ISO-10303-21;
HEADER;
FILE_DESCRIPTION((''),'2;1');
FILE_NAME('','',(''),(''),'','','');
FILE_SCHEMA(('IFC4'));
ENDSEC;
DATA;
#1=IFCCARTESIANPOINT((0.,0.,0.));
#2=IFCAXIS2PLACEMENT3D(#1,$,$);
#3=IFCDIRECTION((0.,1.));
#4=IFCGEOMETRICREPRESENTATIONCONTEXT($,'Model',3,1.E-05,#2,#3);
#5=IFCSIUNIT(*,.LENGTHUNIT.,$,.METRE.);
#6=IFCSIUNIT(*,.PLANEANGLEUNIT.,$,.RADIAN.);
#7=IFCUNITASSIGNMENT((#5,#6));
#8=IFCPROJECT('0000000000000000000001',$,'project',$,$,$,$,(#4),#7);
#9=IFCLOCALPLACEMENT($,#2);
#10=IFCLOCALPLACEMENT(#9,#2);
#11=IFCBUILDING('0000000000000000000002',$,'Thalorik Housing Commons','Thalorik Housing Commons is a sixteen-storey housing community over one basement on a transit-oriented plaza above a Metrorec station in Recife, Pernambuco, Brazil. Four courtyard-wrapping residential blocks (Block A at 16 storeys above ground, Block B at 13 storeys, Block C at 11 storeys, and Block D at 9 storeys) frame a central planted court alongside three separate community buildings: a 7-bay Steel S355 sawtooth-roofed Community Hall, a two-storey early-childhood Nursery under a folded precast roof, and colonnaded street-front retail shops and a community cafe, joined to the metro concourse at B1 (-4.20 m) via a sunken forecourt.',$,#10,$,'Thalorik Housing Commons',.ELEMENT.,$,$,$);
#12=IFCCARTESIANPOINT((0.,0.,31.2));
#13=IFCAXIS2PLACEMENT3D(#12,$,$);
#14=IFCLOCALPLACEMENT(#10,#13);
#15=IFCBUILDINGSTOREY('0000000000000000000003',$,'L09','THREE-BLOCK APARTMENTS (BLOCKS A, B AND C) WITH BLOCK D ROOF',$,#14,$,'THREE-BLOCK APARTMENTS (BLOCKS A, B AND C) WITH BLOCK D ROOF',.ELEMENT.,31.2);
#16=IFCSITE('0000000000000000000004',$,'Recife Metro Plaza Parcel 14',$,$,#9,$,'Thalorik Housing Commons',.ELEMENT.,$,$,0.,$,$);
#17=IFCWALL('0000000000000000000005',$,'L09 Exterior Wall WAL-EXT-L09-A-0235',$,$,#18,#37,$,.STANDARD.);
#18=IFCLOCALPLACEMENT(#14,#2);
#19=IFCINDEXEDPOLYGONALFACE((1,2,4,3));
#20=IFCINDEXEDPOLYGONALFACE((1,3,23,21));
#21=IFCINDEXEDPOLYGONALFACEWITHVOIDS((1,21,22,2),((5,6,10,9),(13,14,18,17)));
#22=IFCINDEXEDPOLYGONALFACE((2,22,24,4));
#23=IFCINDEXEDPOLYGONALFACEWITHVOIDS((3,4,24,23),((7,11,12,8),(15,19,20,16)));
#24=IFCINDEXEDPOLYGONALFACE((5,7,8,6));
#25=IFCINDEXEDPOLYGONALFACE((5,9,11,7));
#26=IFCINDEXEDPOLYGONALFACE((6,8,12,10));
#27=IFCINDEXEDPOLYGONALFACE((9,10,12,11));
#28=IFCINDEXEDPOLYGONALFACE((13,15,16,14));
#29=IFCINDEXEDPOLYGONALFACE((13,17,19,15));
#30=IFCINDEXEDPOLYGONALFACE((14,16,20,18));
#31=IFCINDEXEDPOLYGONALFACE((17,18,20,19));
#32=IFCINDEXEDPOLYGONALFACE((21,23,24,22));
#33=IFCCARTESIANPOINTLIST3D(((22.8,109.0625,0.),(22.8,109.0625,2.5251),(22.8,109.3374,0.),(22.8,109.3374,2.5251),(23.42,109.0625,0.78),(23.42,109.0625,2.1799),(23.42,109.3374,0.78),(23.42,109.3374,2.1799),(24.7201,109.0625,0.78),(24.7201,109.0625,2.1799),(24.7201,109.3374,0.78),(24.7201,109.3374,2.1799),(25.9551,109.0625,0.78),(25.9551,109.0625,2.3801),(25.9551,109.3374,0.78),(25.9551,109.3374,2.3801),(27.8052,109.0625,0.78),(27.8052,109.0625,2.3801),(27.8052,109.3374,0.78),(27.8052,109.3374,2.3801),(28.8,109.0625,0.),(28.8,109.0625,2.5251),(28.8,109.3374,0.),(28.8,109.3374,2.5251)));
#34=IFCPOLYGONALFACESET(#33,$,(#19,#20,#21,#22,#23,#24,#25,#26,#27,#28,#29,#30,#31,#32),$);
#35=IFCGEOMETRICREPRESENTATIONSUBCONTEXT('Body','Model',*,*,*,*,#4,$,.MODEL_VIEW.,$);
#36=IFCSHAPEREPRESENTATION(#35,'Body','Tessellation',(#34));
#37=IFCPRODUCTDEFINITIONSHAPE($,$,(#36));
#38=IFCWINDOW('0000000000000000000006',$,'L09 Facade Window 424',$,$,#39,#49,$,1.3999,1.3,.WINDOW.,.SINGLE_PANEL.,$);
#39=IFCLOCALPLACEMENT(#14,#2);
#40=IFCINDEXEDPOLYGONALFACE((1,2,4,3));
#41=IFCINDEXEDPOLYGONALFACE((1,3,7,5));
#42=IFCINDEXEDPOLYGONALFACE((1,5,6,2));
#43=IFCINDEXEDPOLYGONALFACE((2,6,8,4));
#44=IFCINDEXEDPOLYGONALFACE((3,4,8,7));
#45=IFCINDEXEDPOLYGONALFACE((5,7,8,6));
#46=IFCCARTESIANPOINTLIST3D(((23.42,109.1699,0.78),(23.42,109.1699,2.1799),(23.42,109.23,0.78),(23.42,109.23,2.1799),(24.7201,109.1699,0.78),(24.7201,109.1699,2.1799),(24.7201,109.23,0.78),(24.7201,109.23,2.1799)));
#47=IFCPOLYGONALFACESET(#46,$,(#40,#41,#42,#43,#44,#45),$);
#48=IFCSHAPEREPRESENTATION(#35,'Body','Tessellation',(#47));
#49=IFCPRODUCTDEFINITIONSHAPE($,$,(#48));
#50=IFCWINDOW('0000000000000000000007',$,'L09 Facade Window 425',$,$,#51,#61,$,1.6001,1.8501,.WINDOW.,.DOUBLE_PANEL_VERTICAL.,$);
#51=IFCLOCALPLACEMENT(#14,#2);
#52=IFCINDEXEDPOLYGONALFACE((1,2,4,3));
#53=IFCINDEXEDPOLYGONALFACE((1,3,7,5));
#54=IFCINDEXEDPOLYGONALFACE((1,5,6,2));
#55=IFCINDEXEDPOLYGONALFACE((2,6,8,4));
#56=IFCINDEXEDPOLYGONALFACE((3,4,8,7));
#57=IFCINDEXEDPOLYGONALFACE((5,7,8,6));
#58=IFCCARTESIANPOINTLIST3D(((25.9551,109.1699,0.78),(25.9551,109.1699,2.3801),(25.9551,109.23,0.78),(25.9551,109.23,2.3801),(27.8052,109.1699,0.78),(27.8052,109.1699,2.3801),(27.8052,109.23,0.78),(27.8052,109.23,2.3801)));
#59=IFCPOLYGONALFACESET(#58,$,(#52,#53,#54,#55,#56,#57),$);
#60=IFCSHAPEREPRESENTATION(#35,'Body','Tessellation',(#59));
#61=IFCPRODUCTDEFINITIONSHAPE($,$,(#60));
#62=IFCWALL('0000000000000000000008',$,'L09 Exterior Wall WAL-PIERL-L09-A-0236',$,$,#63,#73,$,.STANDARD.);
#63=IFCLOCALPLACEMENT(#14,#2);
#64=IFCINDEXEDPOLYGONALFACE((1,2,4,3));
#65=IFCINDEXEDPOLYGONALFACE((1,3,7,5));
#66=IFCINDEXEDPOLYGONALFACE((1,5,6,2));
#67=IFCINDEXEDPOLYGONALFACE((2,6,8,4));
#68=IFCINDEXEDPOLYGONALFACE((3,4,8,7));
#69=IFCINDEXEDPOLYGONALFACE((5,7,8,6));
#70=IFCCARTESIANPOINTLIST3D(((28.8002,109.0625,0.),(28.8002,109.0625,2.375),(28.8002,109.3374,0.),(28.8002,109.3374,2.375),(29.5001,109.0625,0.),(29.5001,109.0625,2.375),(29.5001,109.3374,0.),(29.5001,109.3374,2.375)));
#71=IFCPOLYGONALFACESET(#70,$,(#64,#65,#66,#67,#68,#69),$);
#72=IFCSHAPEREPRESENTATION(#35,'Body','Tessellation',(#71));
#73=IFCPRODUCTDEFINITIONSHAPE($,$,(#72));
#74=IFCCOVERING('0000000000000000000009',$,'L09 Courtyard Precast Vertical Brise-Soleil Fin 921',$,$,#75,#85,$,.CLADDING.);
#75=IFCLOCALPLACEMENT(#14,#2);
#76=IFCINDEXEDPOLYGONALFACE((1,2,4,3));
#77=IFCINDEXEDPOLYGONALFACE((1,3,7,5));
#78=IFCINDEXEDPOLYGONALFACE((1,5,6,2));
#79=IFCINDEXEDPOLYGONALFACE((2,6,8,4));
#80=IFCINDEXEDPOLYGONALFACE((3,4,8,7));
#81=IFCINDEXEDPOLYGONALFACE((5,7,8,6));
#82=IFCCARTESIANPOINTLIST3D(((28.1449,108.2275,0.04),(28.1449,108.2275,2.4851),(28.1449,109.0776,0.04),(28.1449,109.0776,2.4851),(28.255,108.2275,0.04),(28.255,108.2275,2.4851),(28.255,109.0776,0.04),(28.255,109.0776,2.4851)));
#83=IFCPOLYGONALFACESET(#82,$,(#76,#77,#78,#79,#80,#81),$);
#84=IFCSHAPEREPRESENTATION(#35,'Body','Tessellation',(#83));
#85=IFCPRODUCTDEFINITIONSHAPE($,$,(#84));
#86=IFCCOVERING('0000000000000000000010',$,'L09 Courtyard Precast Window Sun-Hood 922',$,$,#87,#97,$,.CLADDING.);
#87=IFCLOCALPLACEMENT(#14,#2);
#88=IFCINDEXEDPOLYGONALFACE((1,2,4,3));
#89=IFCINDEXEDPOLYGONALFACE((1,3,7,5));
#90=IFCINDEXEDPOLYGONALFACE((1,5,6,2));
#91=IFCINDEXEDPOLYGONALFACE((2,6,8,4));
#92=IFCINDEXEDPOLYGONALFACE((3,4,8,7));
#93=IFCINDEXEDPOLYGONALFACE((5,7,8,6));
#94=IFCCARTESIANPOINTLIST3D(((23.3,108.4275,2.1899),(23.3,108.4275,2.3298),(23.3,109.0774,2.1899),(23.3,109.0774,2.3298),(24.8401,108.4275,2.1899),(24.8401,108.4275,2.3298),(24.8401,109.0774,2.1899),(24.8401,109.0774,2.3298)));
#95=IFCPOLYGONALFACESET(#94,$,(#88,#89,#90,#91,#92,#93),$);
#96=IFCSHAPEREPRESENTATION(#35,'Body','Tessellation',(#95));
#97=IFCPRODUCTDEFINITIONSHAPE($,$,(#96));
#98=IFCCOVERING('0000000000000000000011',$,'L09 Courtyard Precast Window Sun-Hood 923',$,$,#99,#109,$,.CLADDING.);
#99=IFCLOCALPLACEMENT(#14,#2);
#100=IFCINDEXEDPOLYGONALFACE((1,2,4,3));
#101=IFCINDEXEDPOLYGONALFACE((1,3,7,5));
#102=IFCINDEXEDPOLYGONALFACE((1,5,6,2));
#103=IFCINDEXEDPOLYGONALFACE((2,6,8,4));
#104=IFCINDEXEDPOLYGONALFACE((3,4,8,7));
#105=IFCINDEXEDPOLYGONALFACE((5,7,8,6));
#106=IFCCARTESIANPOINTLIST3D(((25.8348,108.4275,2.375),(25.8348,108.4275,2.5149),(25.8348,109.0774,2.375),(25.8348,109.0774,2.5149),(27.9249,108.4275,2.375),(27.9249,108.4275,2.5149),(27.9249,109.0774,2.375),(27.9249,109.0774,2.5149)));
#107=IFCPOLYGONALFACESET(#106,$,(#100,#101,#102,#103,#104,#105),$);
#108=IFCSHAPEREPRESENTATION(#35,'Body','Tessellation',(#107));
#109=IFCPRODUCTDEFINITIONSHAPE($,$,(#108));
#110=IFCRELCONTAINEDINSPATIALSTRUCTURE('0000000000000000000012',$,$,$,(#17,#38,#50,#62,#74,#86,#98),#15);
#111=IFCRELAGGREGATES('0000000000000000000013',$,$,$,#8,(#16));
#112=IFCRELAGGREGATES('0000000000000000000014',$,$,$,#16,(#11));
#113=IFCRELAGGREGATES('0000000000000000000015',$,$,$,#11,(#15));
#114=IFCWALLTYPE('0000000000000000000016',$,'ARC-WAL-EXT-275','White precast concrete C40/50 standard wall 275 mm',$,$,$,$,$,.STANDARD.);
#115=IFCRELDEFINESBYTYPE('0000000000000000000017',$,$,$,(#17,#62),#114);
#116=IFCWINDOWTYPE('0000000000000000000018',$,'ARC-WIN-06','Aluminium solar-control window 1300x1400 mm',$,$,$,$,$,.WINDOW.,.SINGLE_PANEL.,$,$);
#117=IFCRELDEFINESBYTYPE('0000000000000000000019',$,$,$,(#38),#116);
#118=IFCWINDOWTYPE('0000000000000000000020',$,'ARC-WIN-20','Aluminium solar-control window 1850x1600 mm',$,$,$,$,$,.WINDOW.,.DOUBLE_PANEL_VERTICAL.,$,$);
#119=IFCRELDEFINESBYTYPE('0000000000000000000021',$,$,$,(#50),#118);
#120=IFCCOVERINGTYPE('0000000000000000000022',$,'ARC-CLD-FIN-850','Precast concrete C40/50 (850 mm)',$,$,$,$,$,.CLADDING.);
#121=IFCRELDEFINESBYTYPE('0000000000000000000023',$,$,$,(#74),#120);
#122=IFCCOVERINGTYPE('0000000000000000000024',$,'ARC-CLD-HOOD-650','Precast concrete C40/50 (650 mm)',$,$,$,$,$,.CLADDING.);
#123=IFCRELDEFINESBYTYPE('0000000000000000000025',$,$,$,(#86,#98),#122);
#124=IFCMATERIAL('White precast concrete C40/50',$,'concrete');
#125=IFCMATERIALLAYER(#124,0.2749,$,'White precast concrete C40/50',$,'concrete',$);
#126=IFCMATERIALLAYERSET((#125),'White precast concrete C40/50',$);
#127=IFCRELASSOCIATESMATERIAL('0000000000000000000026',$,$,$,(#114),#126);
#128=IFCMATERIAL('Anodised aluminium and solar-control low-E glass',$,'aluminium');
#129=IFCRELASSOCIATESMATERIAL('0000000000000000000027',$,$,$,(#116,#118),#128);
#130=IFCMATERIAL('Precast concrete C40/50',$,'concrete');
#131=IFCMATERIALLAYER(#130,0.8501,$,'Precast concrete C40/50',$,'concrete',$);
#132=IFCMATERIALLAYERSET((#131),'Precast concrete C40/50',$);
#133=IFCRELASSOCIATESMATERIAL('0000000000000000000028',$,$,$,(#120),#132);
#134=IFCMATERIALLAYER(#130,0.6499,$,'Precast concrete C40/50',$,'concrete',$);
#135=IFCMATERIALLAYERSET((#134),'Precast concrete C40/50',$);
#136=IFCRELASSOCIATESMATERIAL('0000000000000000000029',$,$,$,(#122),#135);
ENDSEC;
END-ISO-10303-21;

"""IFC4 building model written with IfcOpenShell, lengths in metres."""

from ifc_helpers import new_model, si_unit, direction, frame, frame_2d, origin, origin_2d, place, context, subcontext, project, spatial, rectangle, extrude, material, layer, layer_set, type_object, element, fill, save


model = new_model("IFC4")

# Units and contexts
model_context = context("Model", 3, precision=1e-05, world=origin(), true_north=direction((0.0, 1.0)))
body_context = subcontext(model_context, "Body", "Model", "MODEL_VIEW")
ifc_project = project(units=[si_unit("LENGTHUNIT", "METRE"), si_unit("PLANEANGLEUNIT", "RADIAN")], contexts=[model_context])

# Site, building, storey
site_placement = place(None, origin())
site = spatial("IfcSite", under=ifc_project, at=site_placement, Name="Recife Metro Plaza Parcel 14", LongName="Thalorik Housing Commons", CompositionType="ELEMENT", RefElevation=0.0)
building_placement = place(site_placement, origin())
building = spatial("IfcBuilding", under=site, at=building_placement, Name="Thalorik Housing Commons", Description="Thalorik Housing Commons is a sixteen-storey housing community over one basement on a transit-oriented plaza above a Metrorec station in Recife, Pernambuco, Brazil. Four courtyard-wrapping residential blocks (Block A at 16 storeys above ground, Block B at 13 storeys, Block C at 11 storeys, and Block D at 9 storeys) frame a central planted court alongside three separate community buildings: a 7-bay Steel S355 sawtooth-roofed Community Hall, a two-storey early-childhood Nursery under a folded precast roof, and colonnaded street-front retail shops and a community cafe, joined to the metro concourse at B1 (-4.20 m) via a sunken forecourt.", LongName="Thalorik Housing Commons", CompositionType="ELEMENT")
storey_placement = place(building_placement, frame((0.0, 0.0, 31.2)))
storey = spatial("IfcBuildingStorey", under=building, at=storey_placement, Name="L09", Description="THREE-BLOCK APARTMENTS (BLOCKS A, B AND C) WITH BLOCK D ROOF", LongName="THREE-BLOCK APARTMENTS (BLOCKS A, B AND C) WITH BLOCK D ROOF", CompositionType="ELEMENT", Elevation=31.2)

# Shared definitions
ifc_material_1 = material(Name="Precast concrete C40/50", Category="concrete")

# Shared definitions
ifc_material_2 = material(Name="Anodised aluminium and solar-control low-E glass", Category="aluminium")

# Wall, openings, windows
ifc_material_3 = material(Name="White precast concrete C40/50", Category="concrete")
ifc_layer_1 = layer(ifc_material_3, 0.2749, Name="White precast concrete C40/50", Category="concrete")
ifc_layer_set_1 = layer_set([ifc_layer_1], Name="White precast concrete C40/50")
wall_type_1 = type_object("IfcWallType", Name="ARC-WAL-EXT-275", Description="White precast concrete C40/50 standard wall 275 mm", PredefinedType="STANDARD", material=ifc_layer_set_1)
wall_1_placement = place(storey_placement, frame((22.8, 109.2, 0.0), z_axis=(0.0, 0.0, 1.0), x_axis=(1.0, 0.0, 0.0)))
wall_1 = element("IfcWall", 1, at=wall_1_placement, inside=storey, type_object=wall_type_1, Name="L09 Exterior Wall WAL-EXT-L09-A-0235", PredefinedType="STANDARD", context=body_context, shape_type="SweptSolid", body=[
    extrude(rectangle(XDim=6.0, YDim=0.2749, at=frame_2d((3.0, 0.0))), origin(), (0.0, 0.0, 1.0), 2.5251),
])
opening_1_placement = place(wall_1_placement, frame((0.6201, 0.0, 0.78)))
opening_1 = element("IfcOpeningElement", 2, at=opening_1_placement, cuts=wall_1, PredefinedType="OPENING", context=body_context, shape_type="SweptSolid", body=[
    extrude(rectangle(XDim=1.3, YDim=1.3999, at=frame_2d((0.6499, 0.7))), frame((0.0, 0.1475, 0.0), z_axis=(0.0, -1.0, 0.0), x_axis=(1.0, 0.0, 0.0)), (0.0, 0.0, 1.0), 0.2949),
])
opening_2_placement = place(wall_1_placement, frame((3.155, 0.0, 0.78)))
opening_2 = element("IfcOpeningElement", 3, at=opening_2_placement, cuts=wall_1, PredefinedType="OPENING", context=body_context, shape_type="SweptSolid", body=[
    extrude(rectangle(XDim=1.8501, YDim=1.6001, at=frame_2d((0.925, 0.8))), frame((0.0, 0.1475, 0.0), z_axis=(0.0, -1.0, 0.0), x_axis=(1.0, 0.0, 0.0)), (0.0, 0.0, 1.0), 0.2949),
])
window_type_1 = type_object("IfcWindowType", Name="ARC-WIN-06", Description="Aluminium solar-control window 1300x1400 mm", PartitioningType="SINGLE_PANEL", PredefinedType="WINDOW", material=ifc_material_2)
window_1_placement = place(opening_1_placement, origin())
window_1 = element("IfcWindow", 4, at=window_1_placement, inside=storey, type_object=window_type_1, Name="L09 Facade Window 424", OverallHeight=1.3999, OverallWidth=1.3, PartitioningType="SINGLE_PANEL", PredefinedType="WINDOW", context=body_context, shape_type="SweptSolid", body=[
    extrude(rectangle(XDim=1.3, YDim=1.3999, at=frame_2d((0.6499, 0.7))), frame((0.0, 0.03, 0.0), z_axis=(0.0, -1.0, 0.0), x_axis=(1.0, 0.0, 0.0)), (0.0, 0.0, 1.0), 0.0601),
])
fill(opening_1, window_1)
window_type_2 = type_object("IfcWindowType", Name="ARC-WIN-20", Description="Aluminium solar-control window 1850x1600 mm", PartitioningType="DOUBLE_PANEL_VERTICAL", PredefinedType="WINDOW", material=ifc_material_2)
window_2_placement = place(opening_2_placement, origin())
window_2 = element("IfcWindow", 5, at=window_2_placement, inside=storey, type_object=window_type_2, Name="L09 Facade Window 425", OverallHeight=1.6001, OverallWidth=1.8501, PartitioningType="DOUBLE_PANEL_VERTICAL", PredefinedType="WINDOW", context=body_context, shape_type="SweptSolid", body=[
    extrude(rectangle(XDim=1.8501, YDim=1.6001, at=frame_2d((0.925, 0.8))), frame((0.0, 0.03, 0.0), z_axis=(0.0, -1.0, 0.0), x_axis=(1.0, 0.0, 0.0)), (0.0, 0.0, 1.0), 0.0601),
])
fill(opening_2, window_2)

# Wall
wall_2_placement = place(storey_placement, frame((28.8, 109.2, 0.0), z_axis=(0.0, 0.0, 1.0), x_axis=(1.0, 0.0, 0.0)))
element("IfcWall", 6, at=wall_2_placement, inside=storey, type_object=wall_type_1, Name="L09 Exterior Wall WAL-PIERL-L09-A-0236", PredefinedType="STANDARD", context=body_context, shape_type="SweptSolid", body=[
    extrude(rectangle(XDim=0.7, YDim=0.2749, at=frame_2d((0.3501, 0.0))), origin(), (0.0, 0.0, 1.0), 2.375),
])

# Coverings
ifc_layer_2 = layer(ifc_material_1, 0.8501, Name="Precast concrete C40/50", Category="concrete")
ifc_layer_set_2 = layer_set([ifc_layer_2], Name="Precast concrete C40/50")
covering_type_1 = type_object("IfcCoveringType", Name="ARC-CLD-FIN-850", Description="Precast concrete C40/50 (850 mm)", PredefinedType="CLADDING", material=ifc_layer_set_2)
covering_1_placement = place(storey_placement, frame((28.2, 108.6526, 0.04), z_axis=(0.0, 0.0, 1.0), x_axis=(1.0, 0.0, 0.0)))
element("IfcCovering", 7, at=covering_1_placement, inside=storey, type_object=covering_type_1, Name="L09 Courtyard Precast Vertical Brise-Soleil Fin 921", PredefinedType="CLADDING", context=body_context, shape_type="SweptSolid", body=[
    extrude(rectangle(XDim=0.1101, YDim=0.8501, at=origin_2d()), origin(), (0.0, 0.0, 1.0), 2.4451),
])
ifc_layer_3 = layer(ifc_material_1, 0.6499, Name="Precast concrete C40/50", Category="concrete")
ifc_layer_set_3 = layer_set([ifc_layer_3], Name="Precast concrete C40/50")
covering_type_2 = type_object("IfcCoveringType", Name="ARC-CLD-HOOD-650", Description="Precast concrete C40/50 (650 mm)", PredefinedType="CLADDING", material=ifc_layer_set_3)
covering_2_placement = place(storey_placement, frame((24.0701, 108.7524, 2.1899), z_axis=(0.0, 0.0, 1.0), x_axis=(1.0, 0.0, 0.0)))
element("IfcCovering", 8, at=covering_2_placement, inside=storey, type_object=covering_type_2, Name="L09 Courtyard Precast Window Sun-Hood 922", PredefinedType="CLADDING", context=body_context, shape_type="SweptSolid", body=[
    extrude(rectangle(XDim=1.54, YDim=0.6499, at=origin_2d()), origin(), (0.0, 0.0, 1.0), 0.1399),
])
covering_3_placement = place(storey_placement, frame((26.8799, 108.7524, 2.375), z_axis=(0.0, 0.0, 1.0), x_axis=(1.0, 0.0, 0.0)))
element("IfcCovering", 9, at=covering_3_placement, inside=storey, type_object=covering_type_2, Name="L09 Courtyard Precast Window Sun-Hood 923", PredefinedType="CLADDING", context=body_context, shape_type="SweptSolid", body=[
    extrude(rectangle(XDim=2.0901, YDim=0.6499, at=origin_2d()), origin(), (0.0, 0.0, 1.0), 0.1399),
])

save(model, "model.ifc")
